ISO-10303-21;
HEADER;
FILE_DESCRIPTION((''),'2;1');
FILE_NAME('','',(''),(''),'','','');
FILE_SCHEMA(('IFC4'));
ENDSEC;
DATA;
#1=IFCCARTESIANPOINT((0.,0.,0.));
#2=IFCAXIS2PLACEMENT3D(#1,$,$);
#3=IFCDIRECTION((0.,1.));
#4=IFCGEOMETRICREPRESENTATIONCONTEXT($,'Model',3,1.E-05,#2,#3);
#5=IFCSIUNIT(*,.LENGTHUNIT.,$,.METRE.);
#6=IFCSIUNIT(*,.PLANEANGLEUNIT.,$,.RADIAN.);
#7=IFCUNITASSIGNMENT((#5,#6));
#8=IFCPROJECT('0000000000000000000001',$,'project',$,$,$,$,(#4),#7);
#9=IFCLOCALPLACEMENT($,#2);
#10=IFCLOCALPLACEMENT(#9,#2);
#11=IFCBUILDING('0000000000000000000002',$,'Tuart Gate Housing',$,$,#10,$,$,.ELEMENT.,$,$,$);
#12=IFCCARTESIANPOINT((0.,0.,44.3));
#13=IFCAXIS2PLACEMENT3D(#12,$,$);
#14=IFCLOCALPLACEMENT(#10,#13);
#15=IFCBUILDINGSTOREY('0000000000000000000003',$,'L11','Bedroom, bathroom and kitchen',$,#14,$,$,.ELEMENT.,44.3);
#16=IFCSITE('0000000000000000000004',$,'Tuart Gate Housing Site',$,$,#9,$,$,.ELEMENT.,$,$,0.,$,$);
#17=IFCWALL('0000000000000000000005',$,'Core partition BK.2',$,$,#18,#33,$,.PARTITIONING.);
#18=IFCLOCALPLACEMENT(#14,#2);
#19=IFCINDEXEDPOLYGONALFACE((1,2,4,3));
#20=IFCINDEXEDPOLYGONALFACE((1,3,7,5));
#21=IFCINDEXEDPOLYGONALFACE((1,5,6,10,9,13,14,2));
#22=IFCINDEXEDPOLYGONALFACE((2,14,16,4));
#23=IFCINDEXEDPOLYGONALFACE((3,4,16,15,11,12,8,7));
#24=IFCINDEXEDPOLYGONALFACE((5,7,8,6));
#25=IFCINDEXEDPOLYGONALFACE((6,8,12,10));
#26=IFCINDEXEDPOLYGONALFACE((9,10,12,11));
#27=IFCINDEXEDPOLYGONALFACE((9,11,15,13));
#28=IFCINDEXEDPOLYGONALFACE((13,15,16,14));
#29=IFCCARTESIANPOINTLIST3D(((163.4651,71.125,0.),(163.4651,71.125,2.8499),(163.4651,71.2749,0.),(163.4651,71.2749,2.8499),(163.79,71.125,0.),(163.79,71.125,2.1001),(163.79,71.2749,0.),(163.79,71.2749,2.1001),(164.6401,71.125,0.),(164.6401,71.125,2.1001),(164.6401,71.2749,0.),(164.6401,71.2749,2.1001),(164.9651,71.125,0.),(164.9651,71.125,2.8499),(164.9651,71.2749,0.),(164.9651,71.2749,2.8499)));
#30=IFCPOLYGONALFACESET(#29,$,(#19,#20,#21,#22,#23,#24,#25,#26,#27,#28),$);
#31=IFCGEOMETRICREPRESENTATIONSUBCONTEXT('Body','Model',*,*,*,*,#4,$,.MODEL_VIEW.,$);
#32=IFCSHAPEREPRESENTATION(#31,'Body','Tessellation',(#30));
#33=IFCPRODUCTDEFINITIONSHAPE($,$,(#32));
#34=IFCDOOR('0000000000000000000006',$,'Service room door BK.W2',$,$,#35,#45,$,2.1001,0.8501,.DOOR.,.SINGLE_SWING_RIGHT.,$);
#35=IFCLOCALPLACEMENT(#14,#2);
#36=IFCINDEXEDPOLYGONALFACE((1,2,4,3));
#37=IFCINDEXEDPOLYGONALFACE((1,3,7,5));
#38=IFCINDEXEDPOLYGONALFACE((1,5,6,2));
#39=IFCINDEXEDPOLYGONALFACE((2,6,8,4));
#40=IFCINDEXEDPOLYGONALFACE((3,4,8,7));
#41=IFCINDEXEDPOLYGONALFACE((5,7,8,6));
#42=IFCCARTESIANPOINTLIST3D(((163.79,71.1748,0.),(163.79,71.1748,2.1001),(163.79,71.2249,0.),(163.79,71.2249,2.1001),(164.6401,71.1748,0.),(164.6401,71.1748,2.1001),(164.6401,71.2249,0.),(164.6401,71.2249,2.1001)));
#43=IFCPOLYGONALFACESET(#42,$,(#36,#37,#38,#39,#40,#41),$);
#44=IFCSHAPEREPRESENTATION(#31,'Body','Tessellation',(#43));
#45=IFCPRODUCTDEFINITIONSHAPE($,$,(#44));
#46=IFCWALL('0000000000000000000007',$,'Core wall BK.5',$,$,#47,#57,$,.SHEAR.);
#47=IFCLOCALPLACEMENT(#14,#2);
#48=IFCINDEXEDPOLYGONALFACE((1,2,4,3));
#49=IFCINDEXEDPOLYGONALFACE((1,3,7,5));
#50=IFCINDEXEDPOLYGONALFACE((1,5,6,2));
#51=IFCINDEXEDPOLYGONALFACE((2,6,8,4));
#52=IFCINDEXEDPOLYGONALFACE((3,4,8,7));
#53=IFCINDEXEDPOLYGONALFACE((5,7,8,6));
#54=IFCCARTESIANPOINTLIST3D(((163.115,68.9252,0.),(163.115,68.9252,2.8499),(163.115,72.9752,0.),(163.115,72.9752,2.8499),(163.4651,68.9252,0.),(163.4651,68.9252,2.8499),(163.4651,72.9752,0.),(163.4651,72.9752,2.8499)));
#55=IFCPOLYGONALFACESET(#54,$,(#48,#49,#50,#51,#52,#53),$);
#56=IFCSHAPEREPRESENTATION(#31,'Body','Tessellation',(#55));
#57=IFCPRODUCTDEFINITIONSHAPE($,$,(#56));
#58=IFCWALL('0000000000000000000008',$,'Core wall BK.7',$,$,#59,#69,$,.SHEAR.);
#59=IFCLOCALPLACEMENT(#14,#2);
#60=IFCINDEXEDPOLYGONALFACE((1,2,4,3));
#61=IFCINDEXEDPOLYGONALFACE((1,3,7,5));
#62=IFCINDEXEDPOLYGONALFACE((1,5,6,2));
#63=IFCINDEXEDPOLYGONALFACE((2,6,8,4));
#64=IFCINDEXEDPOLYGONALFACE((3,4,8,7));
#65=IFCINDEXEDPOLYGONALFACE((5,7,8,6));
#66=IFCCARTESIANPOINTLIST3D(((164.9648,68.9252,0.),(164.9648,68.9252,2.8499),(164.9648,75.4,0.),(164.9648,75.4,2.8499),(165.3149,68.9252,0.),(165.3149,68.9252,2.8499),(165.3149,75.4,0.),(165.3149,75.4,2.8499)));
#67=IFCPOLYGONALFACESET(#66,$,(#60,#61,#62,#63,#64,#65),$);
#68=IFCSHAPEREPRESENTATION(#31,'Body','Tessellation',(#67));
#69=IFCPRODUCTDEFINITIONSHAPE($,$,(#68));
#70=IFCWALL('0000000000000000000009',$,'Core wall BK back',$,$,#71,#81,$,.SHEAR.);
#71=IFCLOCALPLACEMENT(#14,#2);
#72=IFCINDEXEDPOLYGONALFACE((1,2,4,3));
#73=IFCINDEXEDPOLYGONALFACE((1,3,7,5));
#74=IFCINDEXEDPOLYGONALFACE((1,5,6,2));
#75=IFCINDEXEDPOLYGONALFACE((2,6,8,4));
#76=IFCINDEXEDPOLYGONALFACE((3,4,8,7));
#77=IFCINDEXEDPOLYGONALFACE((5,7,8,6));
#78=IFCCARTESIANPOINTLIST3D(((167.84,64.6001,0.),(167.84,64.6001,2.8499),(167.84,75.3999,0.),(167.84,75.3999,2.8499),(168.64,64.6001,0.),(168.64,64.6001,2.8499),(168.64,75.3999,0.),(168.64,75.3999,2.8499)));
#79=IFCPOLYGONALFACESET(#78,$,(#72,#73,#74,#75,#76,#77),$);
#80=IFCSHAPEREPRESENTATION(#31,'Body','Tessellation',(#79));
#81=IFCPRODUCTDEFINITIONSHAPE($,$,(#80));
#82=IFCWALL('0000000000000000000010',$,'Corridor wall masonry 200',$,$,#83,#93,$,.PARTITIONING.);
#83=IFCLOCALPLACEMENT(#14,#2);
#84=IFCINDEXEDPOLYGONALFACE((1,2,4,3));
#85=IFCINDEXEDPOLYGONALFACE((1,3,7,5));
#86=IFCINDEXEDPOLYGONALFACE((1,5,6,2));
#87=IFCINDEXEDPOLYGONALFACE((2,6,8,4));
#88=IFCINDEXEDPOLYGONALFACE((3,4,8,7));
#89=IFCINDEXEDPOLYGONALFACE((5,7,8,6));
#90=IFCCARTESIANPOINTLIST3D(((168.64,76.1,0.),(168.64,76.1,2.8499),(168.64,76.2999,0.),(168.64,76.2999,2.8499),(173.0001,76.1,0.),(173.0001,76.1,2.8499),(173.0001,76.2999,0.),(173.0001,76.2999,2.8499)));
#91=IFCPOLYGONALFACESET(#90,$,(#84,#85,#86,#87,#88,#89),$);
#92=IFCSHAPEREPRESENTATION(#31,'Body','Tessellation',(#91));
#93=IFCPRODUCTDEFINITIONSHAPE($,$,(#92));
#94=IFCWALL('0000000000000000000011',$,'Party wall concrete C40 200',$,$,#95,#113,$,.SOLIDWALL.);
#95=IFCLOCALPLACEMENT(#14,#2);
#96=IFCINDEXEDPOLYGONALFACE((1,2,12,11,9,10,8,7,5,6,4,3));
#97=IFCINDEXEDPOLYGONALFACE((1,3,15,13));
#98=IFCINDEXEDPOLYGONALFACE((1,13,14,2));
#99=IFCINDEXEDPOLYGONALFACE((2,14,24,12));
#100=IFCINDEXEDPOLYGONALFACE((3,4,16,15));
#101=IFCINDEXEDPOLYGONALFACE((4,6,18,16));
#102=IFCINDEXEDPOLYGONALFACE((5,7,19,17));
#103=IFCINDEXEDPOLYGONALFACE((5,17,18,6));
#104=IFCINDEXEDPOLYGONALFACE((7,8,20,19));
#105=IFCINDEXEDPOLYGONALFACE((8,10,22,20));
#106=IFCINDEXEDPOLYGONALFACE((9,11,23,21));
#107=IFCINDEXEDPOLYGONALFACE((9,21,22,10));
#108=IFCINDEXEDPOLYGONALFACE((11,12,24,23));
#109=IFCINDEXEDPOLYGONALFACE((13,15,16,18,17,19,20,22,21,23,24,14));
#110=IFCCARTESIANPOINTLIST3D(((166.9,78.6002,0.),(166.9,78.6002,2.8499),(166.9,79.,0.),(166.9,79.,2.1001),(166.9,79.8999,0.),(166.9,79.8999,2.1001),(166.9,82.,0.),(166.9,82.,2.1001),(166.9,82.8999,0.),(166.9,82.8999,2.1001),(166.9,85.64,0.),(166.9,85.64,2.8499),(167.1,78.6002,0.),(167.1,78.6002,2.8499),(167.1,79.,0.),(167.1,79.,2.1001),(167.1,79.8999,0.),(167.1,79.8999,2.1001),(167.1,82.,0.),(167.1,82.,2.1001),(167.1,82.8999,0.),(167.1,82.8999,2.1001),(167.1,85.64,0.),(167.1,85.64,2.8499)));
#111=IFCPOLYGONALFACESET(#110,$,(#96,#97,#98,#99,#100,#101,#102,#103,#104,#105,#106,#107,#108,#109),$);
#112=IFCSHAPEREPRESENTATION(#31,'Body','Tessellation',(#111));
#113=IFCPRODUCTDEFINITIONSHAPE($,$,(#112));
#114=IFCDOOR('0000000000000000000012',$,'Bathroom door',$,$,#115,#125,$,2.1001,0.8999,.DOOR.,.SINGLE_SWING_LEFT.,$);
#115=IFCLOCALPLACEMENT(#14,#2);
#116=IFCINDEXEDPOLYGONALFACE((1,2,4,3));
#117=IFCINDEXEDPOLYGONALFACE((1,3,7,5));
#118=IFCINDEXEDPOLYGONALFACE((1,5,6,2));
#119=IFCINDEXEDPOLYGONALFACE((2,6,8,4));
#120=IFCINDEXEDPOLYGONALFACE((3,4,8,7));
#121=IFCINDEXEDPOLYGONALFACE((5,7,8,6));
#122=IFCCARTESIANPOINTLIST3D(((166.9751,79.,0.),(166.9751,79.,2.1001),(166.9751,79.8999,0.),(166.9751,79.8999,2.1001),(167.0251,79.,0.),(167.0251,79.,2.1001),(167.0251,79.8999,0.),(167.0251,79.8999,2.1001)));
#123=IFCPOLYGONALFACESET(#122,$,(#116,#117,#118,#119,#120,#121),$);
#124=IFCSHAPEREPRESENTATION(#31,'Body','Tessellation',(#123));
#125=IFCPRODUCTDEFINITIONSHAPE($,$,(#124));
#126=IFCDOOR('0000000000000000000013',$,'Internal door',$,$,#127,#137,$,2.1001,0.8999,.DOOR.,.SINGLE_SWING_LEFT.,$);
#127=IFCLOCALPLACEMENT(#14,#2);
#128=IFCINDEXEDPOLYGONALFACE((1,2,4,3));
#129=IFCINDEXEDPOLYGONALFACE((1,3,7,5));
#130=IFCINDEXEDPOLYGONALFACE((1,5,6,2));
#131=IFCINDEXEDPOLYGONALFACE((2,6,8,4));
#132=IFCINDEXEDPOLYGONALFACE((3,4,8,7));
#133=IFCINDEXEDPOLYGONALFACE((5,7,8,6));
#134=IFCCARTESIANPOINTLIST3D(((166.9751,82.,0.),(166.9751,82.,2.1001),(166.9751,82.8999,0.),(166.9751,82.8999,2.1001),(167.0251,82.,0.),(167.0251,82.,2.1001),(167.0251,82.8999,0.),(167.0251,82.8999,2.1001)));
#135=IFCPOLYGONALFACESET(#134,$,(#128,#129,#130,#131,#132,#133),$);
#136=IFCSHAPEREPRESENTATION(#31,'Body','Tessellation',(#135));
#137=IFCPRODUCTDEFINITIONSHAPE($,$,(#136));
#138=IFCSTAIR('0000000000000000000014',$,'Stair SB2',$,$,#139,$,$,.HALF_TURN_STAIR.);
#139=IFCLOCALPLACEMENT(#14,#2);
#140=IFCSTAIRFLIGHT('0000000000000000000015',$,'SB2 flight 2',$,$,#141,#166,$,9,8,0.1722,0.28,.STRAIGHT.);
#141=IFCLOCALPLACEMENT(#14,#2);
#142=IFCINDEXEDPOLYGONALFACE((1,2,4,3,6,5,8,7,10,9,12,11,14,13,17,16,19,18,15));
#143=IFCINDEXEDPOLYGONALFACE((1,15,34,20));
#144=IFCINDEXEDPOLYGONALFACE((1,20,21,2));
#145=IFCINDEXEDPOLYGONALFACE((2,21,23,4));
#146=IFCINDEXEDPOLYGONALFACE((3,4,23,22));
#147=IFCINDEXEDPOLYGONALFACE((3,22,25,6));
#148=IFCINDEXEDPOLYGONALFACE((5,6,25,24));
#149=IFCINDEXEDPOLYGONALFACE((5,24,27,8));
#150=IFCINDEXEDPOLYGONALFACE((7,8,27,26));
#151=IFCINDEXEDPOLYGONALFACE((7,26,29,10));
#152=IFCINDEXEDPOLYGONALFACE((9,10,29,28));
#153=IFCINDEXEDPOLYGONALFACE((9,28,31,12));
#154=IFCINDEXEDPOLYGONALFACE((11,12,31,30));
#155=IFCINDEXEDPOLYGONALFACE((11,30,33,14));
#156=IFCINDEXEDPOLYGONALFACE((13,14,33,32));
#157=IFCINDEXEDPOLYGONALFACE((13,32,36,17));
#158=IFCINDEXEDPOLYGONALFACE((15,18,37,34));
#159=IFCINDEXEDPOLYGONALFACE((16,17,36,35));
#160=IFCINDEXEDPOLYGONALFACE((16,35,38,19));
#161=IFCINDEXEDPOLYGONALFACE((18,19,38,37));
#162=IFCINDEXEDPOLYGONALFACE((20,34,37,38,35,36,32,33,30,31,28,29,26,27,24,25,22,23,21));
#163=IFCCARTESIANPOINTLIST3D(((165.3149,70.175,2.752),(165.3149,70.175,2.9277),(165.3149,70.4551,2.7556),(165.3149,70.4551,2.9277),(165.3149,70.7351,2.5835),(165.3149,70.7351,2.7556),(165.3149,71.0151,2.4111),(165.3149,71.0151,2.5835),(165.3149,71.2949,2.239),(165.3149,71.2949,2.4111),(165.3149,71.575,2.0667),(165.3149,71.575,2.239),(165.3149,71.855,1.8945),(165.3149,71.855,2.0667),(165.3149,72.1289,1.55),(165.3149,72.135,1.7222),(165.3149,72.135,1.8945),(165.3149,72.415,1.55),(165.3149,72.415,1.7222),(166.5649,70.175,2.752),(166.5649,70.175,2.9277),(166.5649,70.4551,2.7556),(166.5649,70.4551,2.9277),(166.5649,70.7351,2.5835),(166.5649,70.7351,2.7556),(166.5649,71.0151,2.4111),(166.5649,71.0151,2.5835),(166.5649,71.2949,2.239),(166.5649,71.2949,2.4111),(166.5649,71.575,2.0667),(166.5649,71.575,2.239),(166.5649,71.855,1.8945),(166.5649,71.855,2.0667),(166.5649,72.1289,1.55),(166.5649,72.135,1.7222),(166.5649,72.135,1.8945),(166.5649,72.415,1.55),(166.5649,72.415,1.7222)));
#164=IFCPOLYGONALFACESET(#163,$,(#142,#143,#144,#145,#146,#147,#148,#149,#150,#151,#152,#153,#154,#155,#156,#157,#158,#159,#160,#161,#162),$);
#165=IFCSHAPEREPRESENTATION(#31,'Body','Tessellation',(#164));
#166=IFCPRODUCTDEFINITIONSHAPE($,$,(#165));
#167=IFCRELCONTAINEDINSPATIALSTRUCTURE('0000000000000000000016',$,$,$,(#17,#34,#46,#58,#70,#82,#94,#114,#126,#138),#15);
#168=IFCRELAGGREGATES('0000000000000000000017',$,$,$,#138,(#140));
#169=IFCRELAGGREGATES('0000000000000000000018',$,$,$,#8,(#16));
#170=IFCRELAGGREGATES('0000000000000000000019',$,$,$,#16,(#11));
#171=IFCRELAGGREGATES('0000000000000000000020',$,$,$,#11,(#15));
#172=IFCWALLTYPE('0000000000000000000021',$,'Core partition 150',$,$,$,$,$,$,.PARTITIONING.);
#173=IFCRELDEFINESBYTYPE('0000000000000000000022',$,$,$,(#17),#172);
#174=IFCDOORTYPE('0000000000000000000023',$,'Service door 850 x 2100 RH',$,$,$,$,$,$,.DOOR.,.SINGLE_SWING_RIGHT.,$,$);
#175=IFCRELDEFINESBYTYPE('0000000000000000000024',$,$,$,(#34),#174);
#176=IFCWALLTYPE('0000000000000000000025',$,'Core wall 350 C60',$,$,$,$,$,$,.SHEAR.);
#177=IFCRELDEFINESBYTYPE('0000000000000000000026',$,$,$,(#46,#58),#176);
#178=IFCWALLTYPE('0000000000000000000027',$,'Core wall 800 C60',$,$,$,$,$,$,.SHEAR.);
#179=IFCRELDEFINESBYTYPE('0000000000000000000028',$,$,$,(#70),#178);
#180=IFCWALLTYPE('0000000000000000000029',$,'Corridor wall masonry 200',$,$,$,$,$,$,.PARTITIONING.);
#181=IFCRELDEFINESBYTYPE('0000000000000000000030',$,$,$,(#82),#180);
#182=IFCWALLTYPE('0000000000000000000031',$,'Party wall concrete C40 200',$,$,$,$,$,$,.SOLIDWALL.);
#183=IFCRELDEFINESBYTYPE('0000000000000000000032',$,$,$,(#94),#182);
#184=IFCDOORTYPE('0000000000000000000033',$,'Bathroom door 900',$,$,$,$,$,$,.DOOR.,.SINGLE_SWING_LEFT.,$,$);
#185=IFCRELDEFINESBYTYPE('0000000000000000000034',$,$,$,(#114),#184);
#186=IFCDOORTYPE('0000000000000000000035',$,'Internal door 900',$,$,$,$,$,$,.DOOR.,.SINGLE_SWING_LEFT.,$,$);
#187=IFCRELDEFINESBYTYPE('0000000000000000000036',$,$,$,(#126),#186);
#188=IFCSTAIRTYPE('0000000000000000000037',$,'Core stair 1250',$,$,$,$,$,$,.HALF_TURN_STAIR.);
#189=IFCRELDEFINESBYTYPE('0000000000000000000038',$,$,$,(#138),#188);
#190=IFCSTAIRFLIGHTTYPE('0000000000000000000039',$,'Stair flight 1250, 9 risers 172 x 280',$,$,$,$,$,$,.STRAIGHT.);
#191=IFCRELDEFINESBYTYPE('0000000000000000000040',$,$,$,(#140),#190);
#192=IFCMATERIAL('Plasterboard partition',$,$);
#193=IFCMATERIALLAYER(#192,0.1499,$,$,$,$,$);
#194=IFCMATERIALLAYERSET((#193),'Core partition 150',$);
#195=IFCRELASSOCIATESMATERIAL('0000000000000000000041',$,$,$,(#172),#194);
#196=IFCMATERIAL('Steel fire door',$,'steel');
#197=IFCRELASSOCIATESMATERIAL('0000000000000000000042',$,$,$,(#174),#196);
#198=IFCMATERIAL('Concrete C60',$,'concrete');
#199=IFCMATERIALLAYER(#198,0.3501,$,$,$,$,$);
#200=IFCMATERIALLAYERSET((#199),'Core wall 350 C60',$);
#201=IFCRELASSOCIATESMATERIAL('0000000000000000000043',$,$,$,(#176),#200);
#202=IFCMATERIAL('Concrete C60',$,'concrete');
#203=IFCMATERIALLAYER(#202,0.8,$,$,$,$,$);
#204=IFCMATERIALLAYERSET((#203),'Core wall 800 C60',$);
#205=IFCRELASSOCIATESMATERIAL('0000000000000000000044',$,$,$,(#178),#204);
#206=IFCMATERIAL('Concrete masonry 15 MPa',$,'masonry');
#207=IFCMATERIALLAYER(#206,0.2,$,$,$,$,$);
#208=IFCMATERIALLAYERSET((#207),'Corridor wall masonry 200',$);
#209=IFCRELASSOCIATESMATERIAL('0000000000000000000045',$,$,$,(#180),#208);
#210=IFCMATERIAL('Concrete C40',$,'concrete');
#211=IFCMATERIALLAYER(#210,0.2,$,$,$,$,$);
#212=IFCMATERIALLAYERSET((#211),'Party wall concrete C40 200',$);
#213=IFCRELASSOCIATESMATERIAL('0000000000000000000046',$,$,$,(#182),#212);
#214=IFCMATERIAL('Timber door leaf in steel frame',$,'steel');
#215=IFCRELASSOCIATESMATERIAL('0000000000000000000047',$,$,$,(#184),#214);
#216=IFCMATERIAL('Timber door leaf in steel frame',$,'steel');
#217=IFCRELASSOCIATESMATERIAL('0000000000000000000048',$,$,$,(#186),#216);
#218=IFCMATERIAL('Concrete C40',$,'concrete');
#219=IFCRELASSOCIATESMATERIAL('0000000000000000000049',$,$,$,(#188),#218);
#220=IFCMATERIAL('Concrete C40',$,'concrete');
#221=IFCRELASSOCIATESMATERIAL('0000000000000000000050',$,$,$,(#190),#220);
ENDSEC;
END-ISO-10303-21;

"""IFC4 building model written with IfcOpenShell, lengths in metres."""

from ifc_helpers import new_model, si_unit, direction, frame, frame_2d, origin, place, context, subcontext, project, spatial, polyline, rectangle, outline, extrude, material, layer, layer_set, type_object, element, fill, aggregate, save


model = new_model("IFC4")

# Units and contexts
model_context = context("Model", 3, precision=1e-05, world=origin(), true_north=direction((0.0, 1.0)))
body_context = subcontext(model_context, "Body", "Model", "MODEL_VIEW")
ifc_project = project(units=[si_unit("LENGTHUNIT", "METRE"), si_unit("PLANEANGLEUNIT", "RADIAN")], contexts=[model_context])

# Site, building, storey
site_placement = place(None, origin())
site = spatial("IfcSite", under=ifc_project, at=site_placement, Name="Tuart Gate Housing Site", CompositionType="ELEMENT", RefElevation=0.0)
building_placement = place(site_placement, origin())
building = spatial("IfcBuilding", under=site, at=building_placement, Name="Tuart Gate Housing", CompositionType="ELEMENT")
storey_placement = place(building_placement, frame((0.0, 0.0, 44.3)))
storey = spatial("IfcBuildingStorey", under=building, at=storey_placement, Name="L11", Description="Bedroom, bathroom and kitchen", CompositionType="ELEMENT", Elevation=44.3)

# Wall, opening, door
ifc_material_1 = material(Name="Plasterboard partition")
ifc_layer_1 = layer(ifc_material_1, 0.1499)
ifc_layer_set_1 = layer_set([ifc_layer_1], Name="Core partition 150")
wall_type_1 = type_object("IfcWallType", Name="Core partition 150", PredefinedType="PARTITIONING", material=ifc_layer_set_1)
wall_1_placement = place(storey_placement, frame((163.4651, 71.2, 0.0), z_axis=(0.0, 0.0, 1.0), x_axis=(1.0, 0.0, 0.0)))
wall_1 = element("IfcWall", 1, at=wall_1_placement, inside=storey, type_object=wall_type_1, Name="Core partition BK.2", PredefinedType="PARTITIONING", context=body_context, shape_type="SweptSolid", body=[
    extrude(rectangle(XDim=1.5, YDim=0.1499, at=frame_2d((0.75, 0.0))), origin(), (0.0, 0.0, 1.0), 2.8499),
])
opening_1_placement = place(wall_1_placement, frame((0.325, 0.0, 0.0)))
opening_1 = element("IfcOpeningElement", 2, at=opening_1_placement, cuts=wall_1, PredefinedType="OPENING", context=body_context, shape_type="SweptSolid", body=[
    extrude(rectangle(XDim=0.8501, YDim=2.1001, at=frame_2d((0.425, 1.05))), frame((0.0, 0.085, 0.0), z_axis=(0.0, -1.0, 0.0), x_axis=(1.0, 0.0, 0.0)), (0.0, 0.0, 1.0), 0.1699),
])
ifc_material_2 = material(Name="Steel fire door", Category="steel")
door_type_1 = type_object("IfcDoorType", Name="Service door 850 x 2100 RH", OperationType="SINGLE_SWING_RIGHT", PredefinedType="DOOR", material=ifc_material_2)
door_1_placement = place(opening_1_placement, frame((0.8501, 0.0, 0.0), z_axis=(0.0, 0.0, 1.0), x_axis=(-1.0, 0.0, 0.0)))
door_1 = element("IfcDoor", 3, at=door_1_placement, inside=storey, type_object=door_type_1, Name="Service room door BK.W2", OperationType="SINGLE_SWING_RIGHT", OverallHeight=2.1001, OverallWidth=0.8501, PredefinedType="DOOR", context=body_context, shape_type="SweptSolid", body=[
    extrude(rectangle(XDim=0.8501, YDim=2.1001, at=frame_2d((0.425, 1.05))), frame((0.0, 0.0251, 0.0), z_axis=(0.0, -1.0, 0.0), x_axis=(1.0, 0.0, 0.0)), (0.0, 0.0, 1.0), 0.05),
])
fill(opening_1, door_1)

# Walls
ifc_material_3 = material(Name="Concrete C60", Category="concrete")
ifc_layer_2 = layer(ifc_material_3, 0.3501)
ifc_layer_set_2 = layer_set([ifc_layer_2], Name="Core wall 350 C60")
wall_type_2 = type_object("IfcWallType", Name="Core wall 350 C60", PredefinedType="SHEAR", material=ifc_layer_set_2)
wall_2_placement = place(storey_placement, frame((163.29, 72.9751, 0.0), z_axis=(0.0, 0.0, 1.0), x_axis=(0.0, -1.0, 0.0)))
element("IfcWall", 4, at=wall_2_placement, inside=storey, type_object=wall_type_2, Name="Core wall BK.5", PredefinedType="SHEAR", context=body_context, shape_type="SweptSolid", body=[
    extrude(rectangle(XDim=4.05, YDim=0.3501, at=frame_2d((2.0249, 0.0))), origin(), (0.0, 0.0, 1.0), 2.8499),
])
wall_3_placement = place(storey_placement, frame((165.1399, 75.3999, 0.0), z_axis=(0.0, 0.0, 1.0), x_axis=(0.0, -1.0, 0.0)))
element("IfcWall", 5, at=wall_3_placement, inside=storey, type_object=wall_type_2, Name="Core wall BK.7", PredefinedType="SHEAR", context=body_context, shape_type="SweptSolid", body=[
    extrude(rectangle(XDim=6.4749, YDim=0.3501, at=frame_2d((3.2373, 0.0))), origin(), (0.0, 0.0, 1.0), 2.8499),
])
ifc_material_4 = material(Name="Concrete C60", Category="concrete")
ifc_layer_3 = layer(ifc_material_4, 0.8)
ifc_layer_set_3 = layer_set([ifc_layer_3], Name="Core wall 800 C60")
wall_type_3 = type_object("IfcWallType", Name="Core wall 800 C60", PredefinedType="SHEAR", material=ifc_layer_set_3)
wall_4_placement = place(storey_placement, frame((168.24, 75.3999, 0.0), z_axis=(0.0, 0.0, 1.0), x_axis=(0.0, -1.0, 0.0)))
element("IfcWall", 6, at=wall_4_placement, inside=storey, type_object=wall_type_3, Name="Core wall BK back", PredefinedType="SHEAR", context=body_context, shape_type="SweptSolid", body=[
    extrude(rectangle(XDim=10.7998, YDim=0.8, at=frame_2d((5.3999, 0.0))), origin(), (0.0, 0.0, 1.0), 2.8499),
])
ifc_material_5 = material(Name="Concrete masonry 15 MPa", Category="masonry")
ifc_layer_4 = layer(ifc_material_5, 0.2)
ifc_layer_set_4 = layer_set([ifc_layer_4], Name="Corridor wall masonry 200")
wall_type_4 = type_object("IfcWallType", Name="Corridor wall masonry 200", PredefinedType="PARTITIONING", material=ifc_layer_set_4)
wall_5_placement = place(storey_placement, frame((168.6399, 76.2, 0.0), z_axis=(0.0, 0.0, 1.0), x_axis=(1.0, 0.0, 0.0)))
element("IfcWall", 7, at=wall_5_placement, inside=storey, type_object=wall_type_4, Name="Corridor wall masonry 200", PredefinedType="PARTITIONING", context=body_context, shape_type="SweptSolid", body=[
    extrude(rectangle(XDim=4.3601, YDim=0.2, at=frame_2d((2.1802, 0.0))), origin(), (0.0, 0.0, 1.0), 2.8499),
])

# Wall, openings, doors
ifc_material_6 = material(Name="Concrete C40", Category="concrete")
ifc_layer_5 = layer(ifc_material_6, 0.2)
ifc_layer_set_5 = layer_set([ifc_layer_5], Name="Party wall concrete C40 200")
wall_type_5 = type_object("IfcWallType", Name="Party wall concrete C40 200", PredefinedType="SOLIDWALL", material=ifc_layer_set_5)
wall_6_placement = place(storey_placement, frame((167.0, 78.6001, 0.0), z_axis=(0.0, 0.0, 1.0), x_axis=(0.0, 1.0, 0.0)))
wall_6 = element("IfcWall", 8, at=wall_6_placement, inside=storey, type_object=wall_type_5, Name="Party wall concrete C40 200", PredefinedType="SOLIDWALL", context=body_context, shape_type="SweptSolid", body=[
    extrude(rectangle(XDim=7.0398, YDim=0.2, at=frame_2d((3.52, 0.0))), origin(), (0.0, 0.0, 1.0), 2.8499),
])
opening_2_placement = place(wall_6_placement, frame((3.3999, 0.0, 0.0)))
opening_2 = element("IfcOpeningElement", 9, at=opening_2_placement, cuts=wall_6, PredefinedType="OPENING", context=body_context, shape_type="SweptSolid", body=[
    extrude(rectangle(XDim=0.8999, YDim=2.1001, at=frame_2d((0.45, 1.05))), frame((0.0, 0.1099, 0.0), z_axis=(0.0, -1.0, 0.0), x_axis=(1.0, 0.0, 0.0)), (0.0, 0.0, 1.0), 0.22),
])
opening_3_placement = place(wall_6_placement, frame((0.3999, 0.0, 0.0)))
opening_3 = element("IfcOpeningElement", 10, at=opening_3_placement, cuts=wall_6, PredefinedType="OPENING", context=body_context, shape_type="SweptSolid", body=[
    extrude(rectangle(XDim=0.8999, YDim=2.1001, at=frame_2d((0.45, 1.05))), frame((0.0, 0.1099, 0.0), z_axis=(0.0, -1.0, 0.0), x_axis=(1.0, 0.0, 0.0)), (0.0, 0.0, 1.0), 0.22),
])
ifc_material_7 = material(Name="Timber door leaf in steel frame", Category="steel")
door_type_2 = type_object("IfcDoorType", Name="Bathroom door 900", OperationType="SINGLE_SWING_LEFT", PredefinedType="DOOR", material=ifc_material_7)
door_2_placement = place(opening_3_placement, origin())
door_2 = element("IfcDoor", 11, at=door_2_placement, inside=storey, type_object=door_type_2, Name="Bathroom door", OperationType="SINGLE_SWING_LEFT", OverallHeight=2.1001, OverallWidth=0.8999, PredefinedType="DOOR", context=body_context, shape_type="SweptSolid", body=[
    extrude(rectangle(XDim=0.8999, YDim=2.1001, at=frame_2d((0.45, 1.05))), frame((0.0, 0.0249, 0.0), z_axis=(0.0, -1.0, 0.0), x_axis=(1.0, 0.0, 0.0)), (0.0, 0.0, 1.0), 0.05),
])
fill(opening_3, door_2)
ifc_material_8 = material(Name="Timber door leaf in steel frame", Category="steel")
door_type_3 = type_object("IfcDoorType", Name="Internal door 900", OperationType="SINGLE_SWING_LEFT", PredefinedType="DOOR", material=ifc_material_8)
door_3_placement = place(opening_2_placement, origin())
door_3 = element("IfcDoor", 12, at=door_3_placement, inside=storey, type_object=door_type_3, Name="Internal door", OperationType="SINGLE_SWING_LEFT", OverallHeight=2.1001, OverallWidth=0.8999, PredefinedType="DOOR", context=body_context, shape_type="SweptSolid", body=[
    extrude(rectangle(XDim=0.8999, YDim=2.1001, at=frame_2d((0.45, 1.05))), frame((0.0, 0.0249, 0.0), z_axis=(0.0, -1.0, 0.0), x_axis=(1.0, 0.0, 0.0)), (0.0, 0.0, 1.0), 0.05),
])
fill(opening_2, door_3)

# Stair, stair flight
ifc_material_9 = material(Name="Concrete C40", Category="concrete")
stair_type = type_object("IfcStairType", Name="Core stair 1250", PredefinedType="HALF_TURN_STAIR", material=ifc_material_9)
stair_placement = place(storey_placement, origin())
stair = element("IfcStair", 13, at=stair_placement, inside=storey, type_object=stair_type, Name="Stair SB2", PredefinedType="HALF_TURN_STAIR")
ifc_material_10 = material(Name="Concrete C40", Category="concrete")
stair_flight_type = type_object("IfcStairFlightType", Name="Stair flight 1250, 9 risers 172 x 280", PredefinedType="STRAIGHT", material=ifc_material_10)
stair_flight_placement = place(storey_placement, frame((165.9399, 72.415, 1.55), z_axis=(0.0, 0.0, 1.0), x_axis=(0.0, -1.0, 0.0)))
stair_flight = element("IfcStairFlight", 14, at=stair_flight_placement, type_object=stair_flight_type, Name="SB2 flight 2", NumberOfRisers=9, NumberOfTreads=8, PredefinedType="STRAIGHT", RiserHeight=0.1722, TreadLength=0.28, context=body_context, shape_type="SweptSolid", body=[
    extrude(outline(polyline([(0.0, 0.0), (0.0, 0.1721), (0.28, 0.1721), (0.28, 0.3445), (0.5601, 0.3445), (0.5601, 0.5166), (0.8401, 0.5166), (0.8401, 0.689), (1.1201, 0.689), (1.1201, 0.8611), (1.3999, 0.8611), (1.3999, 1.0334), (1.6799, 1.0334), (1.6799, 1.2056), (1.96, 1.2056), (1.96, 1.3777), (2.24, 1.3777), (2.24, 1.55), (2.24, 1.2019), (0.2861, 0.0), (0.0, 0.0)])), frame((0.0, 0.625, 0.0), z_axis=(0.0, -1.0, 0.0), x_axis=(1.0, 0.0, 0.0)), (0.0, 0.0, 1.0), 1.25),
])
aggregate(stair, [stair_flight])

save(model, "model.ifc")
